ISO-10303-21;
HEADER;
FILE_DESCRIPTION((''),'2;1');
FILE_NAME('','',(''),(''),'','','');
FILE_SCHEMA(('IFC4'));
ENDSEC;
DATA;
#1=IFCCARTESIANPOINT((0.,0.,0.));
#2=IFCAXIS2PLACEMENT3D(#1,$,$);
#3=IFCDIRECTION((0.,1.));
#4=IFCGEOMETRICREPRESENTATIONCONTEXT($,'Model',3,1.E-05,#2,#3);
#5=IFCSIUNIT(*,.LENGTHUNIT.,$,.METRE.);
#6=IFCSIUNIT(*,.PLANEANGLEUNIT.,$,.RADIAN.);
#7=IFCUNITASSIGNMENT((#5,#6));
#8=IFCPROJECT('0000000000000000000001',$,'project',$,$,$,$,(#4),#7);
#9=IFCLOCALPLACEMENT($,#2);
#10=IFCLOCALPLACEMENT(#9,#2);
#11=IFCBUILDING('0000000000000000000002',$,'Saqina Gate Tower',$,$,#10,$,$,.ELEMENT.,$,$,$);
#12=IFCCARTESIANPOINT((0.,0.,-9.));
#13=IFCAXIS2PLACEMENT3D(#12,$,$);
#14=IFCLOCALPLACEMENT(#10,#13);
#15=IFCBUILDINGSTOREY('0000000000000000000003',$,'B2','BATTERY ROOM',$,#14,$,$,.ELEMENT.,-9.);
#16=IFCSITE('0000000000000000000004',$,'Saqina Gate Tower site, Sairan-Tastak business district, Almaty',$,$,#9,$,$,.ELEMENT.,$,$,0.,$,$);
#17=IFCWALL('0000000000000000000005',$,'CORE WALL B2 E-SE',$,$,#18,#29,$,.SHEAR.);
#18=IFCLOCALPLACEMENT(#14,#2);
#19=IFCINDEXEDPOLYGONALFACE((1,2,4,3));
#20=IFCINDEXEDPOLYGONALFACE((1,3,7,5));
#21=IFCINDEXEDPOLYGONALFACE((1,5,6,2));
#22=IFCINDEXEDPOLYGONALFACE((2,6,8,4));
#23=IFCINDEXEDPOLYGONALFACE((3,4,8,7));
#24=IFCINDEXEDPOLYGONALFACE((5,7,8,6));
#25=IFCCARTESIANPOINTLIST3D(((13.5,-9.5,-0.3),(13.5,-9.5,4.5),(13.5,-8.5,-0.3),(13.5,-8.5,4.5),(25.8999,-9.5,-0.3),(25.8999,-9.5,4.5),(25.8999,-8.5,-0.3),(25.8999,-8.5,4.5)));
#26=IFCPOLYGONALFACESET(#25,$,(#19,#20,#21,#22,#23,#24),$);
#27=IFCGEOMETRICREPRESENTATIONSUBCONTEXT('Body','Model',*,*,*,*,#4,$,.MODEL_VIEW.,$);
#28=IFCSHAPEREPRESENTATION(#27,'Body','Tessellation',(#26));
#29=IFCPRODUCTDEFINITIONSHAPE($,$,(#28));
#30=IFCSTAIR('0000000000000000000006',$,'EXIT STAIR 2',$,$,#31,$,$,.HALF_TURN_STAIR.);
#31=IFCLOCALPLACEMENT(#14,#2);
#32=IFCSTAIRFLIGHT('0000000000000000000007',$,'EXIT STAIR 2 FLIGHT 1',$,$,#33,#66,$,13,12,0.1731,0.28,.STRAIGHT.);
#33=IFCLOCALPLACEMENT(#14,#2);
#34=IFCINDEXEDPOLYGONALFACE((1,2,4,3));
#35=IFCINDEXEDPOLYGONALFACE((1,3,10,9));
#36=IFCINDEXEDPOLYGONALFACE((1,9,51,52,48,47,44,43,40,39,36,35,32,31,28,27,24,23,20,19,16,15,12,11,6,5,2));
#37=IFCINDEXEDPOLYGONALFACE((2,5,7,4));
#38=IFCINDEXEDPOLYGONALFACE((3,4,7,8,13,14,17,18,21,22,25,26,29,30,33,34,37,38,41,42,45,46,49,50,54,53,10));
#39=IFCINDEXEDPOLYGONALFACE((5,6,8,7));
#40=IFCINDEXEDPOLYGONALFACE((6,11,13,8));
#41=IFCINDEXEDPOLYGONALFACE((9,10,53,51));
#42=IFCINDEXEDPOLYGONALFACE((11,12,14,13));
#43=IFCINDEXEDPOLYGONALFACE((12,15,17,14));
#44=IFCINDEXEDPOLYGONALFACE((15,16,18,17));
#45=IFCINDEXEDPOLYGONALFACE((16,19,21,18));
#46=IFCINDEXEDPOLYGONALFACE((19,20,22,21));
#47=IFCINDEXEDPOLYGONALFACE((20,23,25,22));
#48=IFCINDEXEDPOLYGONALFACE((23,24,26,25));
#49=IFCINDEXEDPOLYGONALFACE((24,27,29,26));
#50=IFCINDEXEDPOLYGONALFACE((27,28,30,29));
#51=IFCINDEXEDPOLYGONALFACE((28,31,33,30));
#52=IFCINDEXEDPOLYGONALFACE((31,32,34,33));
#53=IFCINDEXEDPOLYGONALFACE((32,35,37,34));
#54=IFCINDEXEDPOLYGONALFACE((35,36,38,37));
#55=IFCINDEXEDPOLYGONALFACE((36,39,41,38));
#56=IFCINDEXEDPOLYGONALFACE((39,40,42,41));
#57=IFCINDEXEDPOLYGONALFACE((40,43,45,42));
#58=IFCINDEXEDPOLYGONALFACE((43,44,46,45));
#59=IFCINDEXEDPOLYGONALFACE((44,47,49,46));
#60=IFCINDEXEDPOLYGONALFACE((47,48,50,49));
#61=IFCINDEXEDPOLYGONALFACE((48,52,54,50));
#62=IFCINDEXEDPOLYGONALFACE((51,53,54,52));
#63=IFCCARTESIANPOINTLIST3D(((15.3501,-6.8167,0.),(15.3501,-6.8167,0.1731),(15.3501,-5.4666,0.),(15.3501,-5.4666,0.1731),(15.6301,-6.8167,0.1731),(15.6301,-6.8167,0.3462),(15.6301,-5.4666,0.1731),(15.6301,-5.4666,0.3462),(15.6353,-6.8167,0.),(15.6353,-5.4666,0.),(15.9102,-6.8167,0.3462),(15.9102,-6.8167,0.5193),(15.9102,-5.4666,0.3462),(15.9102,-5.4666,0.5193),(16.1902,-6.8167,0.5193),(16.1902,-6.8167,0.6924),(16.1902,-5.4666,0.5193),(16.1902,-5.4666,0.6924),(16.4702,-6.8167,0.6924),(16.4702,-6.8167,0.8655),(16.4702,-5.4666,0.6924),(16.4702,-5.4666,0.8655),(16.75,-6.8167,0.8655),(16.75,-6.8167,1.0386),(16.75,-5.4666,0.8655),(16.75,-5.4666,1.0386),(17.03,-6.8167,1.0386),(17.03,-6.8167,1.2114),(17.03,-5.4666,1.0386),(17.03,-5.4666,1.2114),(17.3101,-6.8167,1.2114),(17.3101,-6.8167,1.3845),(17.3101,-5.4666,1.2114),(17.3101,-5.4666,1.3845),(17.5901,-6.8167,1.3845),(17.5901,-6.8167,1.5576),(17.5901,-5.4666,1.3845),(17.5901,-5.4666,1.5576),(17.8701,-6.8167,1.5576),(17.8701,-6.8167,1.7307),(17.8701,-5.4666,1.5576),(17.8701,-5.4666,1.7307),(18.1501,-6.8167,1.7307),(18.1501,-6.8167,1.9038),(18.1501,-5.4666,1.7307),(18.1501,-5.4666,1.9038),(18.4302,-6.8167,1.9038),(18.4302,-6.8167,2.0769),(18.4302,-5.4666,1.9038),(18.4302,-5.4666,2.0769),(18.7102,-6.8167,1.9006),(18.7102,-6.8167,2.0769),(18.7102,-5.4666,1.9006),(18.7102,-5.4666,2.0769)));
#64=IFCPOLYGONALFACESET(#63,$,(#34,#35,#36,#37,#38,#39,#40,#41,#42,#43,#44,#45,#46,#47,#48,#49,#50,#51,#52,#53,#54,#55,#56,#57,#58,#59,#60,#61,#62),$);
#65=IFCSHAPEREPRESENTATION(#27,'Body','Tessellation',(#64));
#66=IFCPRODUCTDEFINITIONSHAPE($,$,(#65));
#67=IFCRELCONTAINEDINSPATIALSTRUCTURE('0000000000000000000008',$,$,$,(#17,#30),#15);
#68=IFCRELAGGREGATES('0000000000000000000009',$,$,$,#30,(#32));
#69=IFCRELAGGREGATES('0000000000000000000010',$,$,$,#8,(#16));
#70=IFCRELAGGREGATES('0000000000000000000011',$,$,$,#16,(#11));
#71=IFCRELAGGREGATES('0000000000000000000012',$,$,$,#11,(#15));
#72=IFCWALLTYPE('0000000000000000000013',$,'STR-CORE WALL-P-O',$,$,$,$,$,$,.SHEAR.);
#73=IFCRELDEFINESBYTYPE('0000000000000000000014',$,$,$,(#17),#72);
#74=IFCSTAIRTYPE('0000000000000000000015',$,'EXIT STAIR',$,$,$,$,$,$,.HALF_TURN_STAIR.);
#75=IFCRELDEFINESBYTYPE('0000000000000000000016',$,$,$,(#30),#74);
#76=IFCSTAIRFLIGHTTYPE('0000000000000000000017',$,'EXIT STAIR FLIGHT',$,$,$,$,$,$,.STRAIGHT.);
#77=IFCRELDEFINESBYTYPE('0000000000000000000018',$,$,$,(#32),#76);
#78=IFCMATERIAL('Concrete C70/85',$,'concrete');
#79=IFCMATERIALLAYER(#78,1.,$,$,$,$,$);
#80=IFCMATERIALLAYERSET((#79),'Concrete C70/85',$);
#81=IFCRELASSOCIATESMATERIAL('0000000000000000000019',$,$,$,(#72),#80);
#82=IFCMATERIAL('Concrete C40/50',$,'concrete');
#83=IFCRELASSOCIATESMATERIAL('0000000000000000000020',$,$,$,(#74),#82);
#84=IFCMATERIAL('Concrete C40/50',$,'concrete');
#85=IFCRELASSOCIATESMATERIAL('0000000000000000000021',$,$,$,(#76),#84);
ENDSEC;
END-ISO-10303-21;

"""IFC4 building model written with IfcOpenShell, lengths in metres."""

from ifc_helpers import new_model, si_unit, direction, frame, frame_2d, origin, place, context, subcontext, project, spatial, polyline, rectangle, outline, extrude, material, layer, layer_set, type_object, element, aggregate, save


model = new_model("IFC4")

# Units and contexts
model_context = context("Model", 3, precision=1e-05, world=origin(), true_north=direction((0.0, 1.0)))
body_context = subcontext(model_context, "Body", "Model", "MODEL_VIEW")
ifc_project = project(units=[si_unit("LENGTHUNIT", "METRE"), si_unit("PLANEANGLEUNIT", "RADIAN")], contexts=[model_context])

# Site, building, storey
site_placement = place(None, origin())
site = spatial("IfcSite", under=ifc_project, at=site_placement, Name="Saqina Gate Tower site, Sairan-Tastak business district, Almaty", CompositionType="ELEMENT", RefElevation=0.0)
building_placement = place(site_placement, origin())
building = spatial("IfcBuilding", under=site, at=building_placement, Name="Saqina Gate Tower", CompositionType="ELEMENT")
storey_placement = place(building_placement, frame((0.0, 0.0, -9.0)))
storey = spatial("IfcBuildingStorey", under=building, at=storey_placement, Name="B2", Description="BATTERY ROOM", CompositionType="ELEMENT", Elevation=-9.0)

# Shared definitions
ifc_material_1 = material(Name="Concrete C70/85", Category="concrete")
ifc_layer_1 = layer(ifc_material_1, 1.0)
ifc_layer_set_1 = layer_set([ifc_layer_1], Name="Concrete C70/85")
wall_type_1 = type_object("IfcWallType", Name="STR-CORE WALL-P-O", PredefinedType="SHEAR", material=ifc_layer_set_1)

# Wall
wall_1_placement = place(storey_placement, frame((13.5, -9.0, -0.3), z_axis=(0.0, 0.0, 1.0), x_axis=(1.0, 0.0, 0.0)))
element("IfcWall", 1, at=wall_1_placement, inside=storey, type_object=wall_type_1, Name="CORE WALL B2 E-SE", PredefinedType="SHEAR", context=body_context, shape_type="SweptSolid", body=[
    extrude(rectangle(XDim=12.3999, YDim=1.0, at=frame_2d((6.2, 0.0))), origin(), (0.0, 0.0, 1.0), 4.8),
])

# Stair, stair flight
ifc_material_2 = material(Name="Concrete C40/50", Category="concrete")
stair_type = type_object("IfcStairType", Name="EXIT STAIR", PredefinedType="HALF_TURN_STAIR", material=ifc_material_2)
stair_placement = place(storey_placement, origin())
stair = element("IfcStair", 2, at=stair_placement, inside=storey, type_object=stair_type, Name="EXIT STAIR 2", PredefinedType="HALF_TURN_STAIR")
ifc_material_3 = material(Name="Concrete C40/50", Category="concrete")
stair_flight_type = type_object("IfcStairFlightType", Name="EXIT STAIR FLIGHT", PredefinedType="STRAIGHT", material=ifc_material_3)
stair_flight_placement = place(storey_placement, frame((15.3501, -6.1416, 0.0), z_axis=(0.0, 0.0, 1.0), x_axis=(1.0, 0.0, 0.0)))
stair_flight = element("IfcStairFlight", 3, at=stair_flight_placement, type_object=stair_flight_type, Name="EXIT STAIR 2 FLIGHT 1", NumberOfRisers=13, NumberOfTreads=12, PredefinedType="STRAIGHT", RiserHeight=0.1731, TreadLength=0.28, context=body_context, shape_type="SweptSolid", body=[
    extrude(outline(polyline([(0.0, 0.0), (0.0, 0.1731), (0.28, 0.1731), (0.28, 0.3462), (0.5601, 0.3462), (0.5601, 0.5193), (0.8401, 0.5193), (0.8401, 0.6924), (1.1201, 0.6924), (1.1201, 0.8655), (1.3999, 0.8655), (1.3999, 1.0386), (1.6799, 1.0386), (1.6799, 1.2114), (1.96, 1.2114), (1.96, 1.3845), (2.24, 1.3845), (2.24, 1.5576), (2.52, 1.5576), (2.52, 1.7307), (2.8, 1.7307), (2.8, 1.9038), (3.0801, 1.9038), (3.0801, 2.0769), (3.3601, 2.0769), (3.3601, 2.25), (3.3601, 1.9006), (0.2852, 0.0), (0.0, 0.0)])), frame((0.0, 0.675, 0.0), z_axis=(0.0, -1.0, 0.0), x_axis=(1.0, 0.0, 0.0)), (0.0, 0.0, 1.0), 1.3501),
])
aggregate(stair, [stair_flight])

save(model, "model.ifc")
